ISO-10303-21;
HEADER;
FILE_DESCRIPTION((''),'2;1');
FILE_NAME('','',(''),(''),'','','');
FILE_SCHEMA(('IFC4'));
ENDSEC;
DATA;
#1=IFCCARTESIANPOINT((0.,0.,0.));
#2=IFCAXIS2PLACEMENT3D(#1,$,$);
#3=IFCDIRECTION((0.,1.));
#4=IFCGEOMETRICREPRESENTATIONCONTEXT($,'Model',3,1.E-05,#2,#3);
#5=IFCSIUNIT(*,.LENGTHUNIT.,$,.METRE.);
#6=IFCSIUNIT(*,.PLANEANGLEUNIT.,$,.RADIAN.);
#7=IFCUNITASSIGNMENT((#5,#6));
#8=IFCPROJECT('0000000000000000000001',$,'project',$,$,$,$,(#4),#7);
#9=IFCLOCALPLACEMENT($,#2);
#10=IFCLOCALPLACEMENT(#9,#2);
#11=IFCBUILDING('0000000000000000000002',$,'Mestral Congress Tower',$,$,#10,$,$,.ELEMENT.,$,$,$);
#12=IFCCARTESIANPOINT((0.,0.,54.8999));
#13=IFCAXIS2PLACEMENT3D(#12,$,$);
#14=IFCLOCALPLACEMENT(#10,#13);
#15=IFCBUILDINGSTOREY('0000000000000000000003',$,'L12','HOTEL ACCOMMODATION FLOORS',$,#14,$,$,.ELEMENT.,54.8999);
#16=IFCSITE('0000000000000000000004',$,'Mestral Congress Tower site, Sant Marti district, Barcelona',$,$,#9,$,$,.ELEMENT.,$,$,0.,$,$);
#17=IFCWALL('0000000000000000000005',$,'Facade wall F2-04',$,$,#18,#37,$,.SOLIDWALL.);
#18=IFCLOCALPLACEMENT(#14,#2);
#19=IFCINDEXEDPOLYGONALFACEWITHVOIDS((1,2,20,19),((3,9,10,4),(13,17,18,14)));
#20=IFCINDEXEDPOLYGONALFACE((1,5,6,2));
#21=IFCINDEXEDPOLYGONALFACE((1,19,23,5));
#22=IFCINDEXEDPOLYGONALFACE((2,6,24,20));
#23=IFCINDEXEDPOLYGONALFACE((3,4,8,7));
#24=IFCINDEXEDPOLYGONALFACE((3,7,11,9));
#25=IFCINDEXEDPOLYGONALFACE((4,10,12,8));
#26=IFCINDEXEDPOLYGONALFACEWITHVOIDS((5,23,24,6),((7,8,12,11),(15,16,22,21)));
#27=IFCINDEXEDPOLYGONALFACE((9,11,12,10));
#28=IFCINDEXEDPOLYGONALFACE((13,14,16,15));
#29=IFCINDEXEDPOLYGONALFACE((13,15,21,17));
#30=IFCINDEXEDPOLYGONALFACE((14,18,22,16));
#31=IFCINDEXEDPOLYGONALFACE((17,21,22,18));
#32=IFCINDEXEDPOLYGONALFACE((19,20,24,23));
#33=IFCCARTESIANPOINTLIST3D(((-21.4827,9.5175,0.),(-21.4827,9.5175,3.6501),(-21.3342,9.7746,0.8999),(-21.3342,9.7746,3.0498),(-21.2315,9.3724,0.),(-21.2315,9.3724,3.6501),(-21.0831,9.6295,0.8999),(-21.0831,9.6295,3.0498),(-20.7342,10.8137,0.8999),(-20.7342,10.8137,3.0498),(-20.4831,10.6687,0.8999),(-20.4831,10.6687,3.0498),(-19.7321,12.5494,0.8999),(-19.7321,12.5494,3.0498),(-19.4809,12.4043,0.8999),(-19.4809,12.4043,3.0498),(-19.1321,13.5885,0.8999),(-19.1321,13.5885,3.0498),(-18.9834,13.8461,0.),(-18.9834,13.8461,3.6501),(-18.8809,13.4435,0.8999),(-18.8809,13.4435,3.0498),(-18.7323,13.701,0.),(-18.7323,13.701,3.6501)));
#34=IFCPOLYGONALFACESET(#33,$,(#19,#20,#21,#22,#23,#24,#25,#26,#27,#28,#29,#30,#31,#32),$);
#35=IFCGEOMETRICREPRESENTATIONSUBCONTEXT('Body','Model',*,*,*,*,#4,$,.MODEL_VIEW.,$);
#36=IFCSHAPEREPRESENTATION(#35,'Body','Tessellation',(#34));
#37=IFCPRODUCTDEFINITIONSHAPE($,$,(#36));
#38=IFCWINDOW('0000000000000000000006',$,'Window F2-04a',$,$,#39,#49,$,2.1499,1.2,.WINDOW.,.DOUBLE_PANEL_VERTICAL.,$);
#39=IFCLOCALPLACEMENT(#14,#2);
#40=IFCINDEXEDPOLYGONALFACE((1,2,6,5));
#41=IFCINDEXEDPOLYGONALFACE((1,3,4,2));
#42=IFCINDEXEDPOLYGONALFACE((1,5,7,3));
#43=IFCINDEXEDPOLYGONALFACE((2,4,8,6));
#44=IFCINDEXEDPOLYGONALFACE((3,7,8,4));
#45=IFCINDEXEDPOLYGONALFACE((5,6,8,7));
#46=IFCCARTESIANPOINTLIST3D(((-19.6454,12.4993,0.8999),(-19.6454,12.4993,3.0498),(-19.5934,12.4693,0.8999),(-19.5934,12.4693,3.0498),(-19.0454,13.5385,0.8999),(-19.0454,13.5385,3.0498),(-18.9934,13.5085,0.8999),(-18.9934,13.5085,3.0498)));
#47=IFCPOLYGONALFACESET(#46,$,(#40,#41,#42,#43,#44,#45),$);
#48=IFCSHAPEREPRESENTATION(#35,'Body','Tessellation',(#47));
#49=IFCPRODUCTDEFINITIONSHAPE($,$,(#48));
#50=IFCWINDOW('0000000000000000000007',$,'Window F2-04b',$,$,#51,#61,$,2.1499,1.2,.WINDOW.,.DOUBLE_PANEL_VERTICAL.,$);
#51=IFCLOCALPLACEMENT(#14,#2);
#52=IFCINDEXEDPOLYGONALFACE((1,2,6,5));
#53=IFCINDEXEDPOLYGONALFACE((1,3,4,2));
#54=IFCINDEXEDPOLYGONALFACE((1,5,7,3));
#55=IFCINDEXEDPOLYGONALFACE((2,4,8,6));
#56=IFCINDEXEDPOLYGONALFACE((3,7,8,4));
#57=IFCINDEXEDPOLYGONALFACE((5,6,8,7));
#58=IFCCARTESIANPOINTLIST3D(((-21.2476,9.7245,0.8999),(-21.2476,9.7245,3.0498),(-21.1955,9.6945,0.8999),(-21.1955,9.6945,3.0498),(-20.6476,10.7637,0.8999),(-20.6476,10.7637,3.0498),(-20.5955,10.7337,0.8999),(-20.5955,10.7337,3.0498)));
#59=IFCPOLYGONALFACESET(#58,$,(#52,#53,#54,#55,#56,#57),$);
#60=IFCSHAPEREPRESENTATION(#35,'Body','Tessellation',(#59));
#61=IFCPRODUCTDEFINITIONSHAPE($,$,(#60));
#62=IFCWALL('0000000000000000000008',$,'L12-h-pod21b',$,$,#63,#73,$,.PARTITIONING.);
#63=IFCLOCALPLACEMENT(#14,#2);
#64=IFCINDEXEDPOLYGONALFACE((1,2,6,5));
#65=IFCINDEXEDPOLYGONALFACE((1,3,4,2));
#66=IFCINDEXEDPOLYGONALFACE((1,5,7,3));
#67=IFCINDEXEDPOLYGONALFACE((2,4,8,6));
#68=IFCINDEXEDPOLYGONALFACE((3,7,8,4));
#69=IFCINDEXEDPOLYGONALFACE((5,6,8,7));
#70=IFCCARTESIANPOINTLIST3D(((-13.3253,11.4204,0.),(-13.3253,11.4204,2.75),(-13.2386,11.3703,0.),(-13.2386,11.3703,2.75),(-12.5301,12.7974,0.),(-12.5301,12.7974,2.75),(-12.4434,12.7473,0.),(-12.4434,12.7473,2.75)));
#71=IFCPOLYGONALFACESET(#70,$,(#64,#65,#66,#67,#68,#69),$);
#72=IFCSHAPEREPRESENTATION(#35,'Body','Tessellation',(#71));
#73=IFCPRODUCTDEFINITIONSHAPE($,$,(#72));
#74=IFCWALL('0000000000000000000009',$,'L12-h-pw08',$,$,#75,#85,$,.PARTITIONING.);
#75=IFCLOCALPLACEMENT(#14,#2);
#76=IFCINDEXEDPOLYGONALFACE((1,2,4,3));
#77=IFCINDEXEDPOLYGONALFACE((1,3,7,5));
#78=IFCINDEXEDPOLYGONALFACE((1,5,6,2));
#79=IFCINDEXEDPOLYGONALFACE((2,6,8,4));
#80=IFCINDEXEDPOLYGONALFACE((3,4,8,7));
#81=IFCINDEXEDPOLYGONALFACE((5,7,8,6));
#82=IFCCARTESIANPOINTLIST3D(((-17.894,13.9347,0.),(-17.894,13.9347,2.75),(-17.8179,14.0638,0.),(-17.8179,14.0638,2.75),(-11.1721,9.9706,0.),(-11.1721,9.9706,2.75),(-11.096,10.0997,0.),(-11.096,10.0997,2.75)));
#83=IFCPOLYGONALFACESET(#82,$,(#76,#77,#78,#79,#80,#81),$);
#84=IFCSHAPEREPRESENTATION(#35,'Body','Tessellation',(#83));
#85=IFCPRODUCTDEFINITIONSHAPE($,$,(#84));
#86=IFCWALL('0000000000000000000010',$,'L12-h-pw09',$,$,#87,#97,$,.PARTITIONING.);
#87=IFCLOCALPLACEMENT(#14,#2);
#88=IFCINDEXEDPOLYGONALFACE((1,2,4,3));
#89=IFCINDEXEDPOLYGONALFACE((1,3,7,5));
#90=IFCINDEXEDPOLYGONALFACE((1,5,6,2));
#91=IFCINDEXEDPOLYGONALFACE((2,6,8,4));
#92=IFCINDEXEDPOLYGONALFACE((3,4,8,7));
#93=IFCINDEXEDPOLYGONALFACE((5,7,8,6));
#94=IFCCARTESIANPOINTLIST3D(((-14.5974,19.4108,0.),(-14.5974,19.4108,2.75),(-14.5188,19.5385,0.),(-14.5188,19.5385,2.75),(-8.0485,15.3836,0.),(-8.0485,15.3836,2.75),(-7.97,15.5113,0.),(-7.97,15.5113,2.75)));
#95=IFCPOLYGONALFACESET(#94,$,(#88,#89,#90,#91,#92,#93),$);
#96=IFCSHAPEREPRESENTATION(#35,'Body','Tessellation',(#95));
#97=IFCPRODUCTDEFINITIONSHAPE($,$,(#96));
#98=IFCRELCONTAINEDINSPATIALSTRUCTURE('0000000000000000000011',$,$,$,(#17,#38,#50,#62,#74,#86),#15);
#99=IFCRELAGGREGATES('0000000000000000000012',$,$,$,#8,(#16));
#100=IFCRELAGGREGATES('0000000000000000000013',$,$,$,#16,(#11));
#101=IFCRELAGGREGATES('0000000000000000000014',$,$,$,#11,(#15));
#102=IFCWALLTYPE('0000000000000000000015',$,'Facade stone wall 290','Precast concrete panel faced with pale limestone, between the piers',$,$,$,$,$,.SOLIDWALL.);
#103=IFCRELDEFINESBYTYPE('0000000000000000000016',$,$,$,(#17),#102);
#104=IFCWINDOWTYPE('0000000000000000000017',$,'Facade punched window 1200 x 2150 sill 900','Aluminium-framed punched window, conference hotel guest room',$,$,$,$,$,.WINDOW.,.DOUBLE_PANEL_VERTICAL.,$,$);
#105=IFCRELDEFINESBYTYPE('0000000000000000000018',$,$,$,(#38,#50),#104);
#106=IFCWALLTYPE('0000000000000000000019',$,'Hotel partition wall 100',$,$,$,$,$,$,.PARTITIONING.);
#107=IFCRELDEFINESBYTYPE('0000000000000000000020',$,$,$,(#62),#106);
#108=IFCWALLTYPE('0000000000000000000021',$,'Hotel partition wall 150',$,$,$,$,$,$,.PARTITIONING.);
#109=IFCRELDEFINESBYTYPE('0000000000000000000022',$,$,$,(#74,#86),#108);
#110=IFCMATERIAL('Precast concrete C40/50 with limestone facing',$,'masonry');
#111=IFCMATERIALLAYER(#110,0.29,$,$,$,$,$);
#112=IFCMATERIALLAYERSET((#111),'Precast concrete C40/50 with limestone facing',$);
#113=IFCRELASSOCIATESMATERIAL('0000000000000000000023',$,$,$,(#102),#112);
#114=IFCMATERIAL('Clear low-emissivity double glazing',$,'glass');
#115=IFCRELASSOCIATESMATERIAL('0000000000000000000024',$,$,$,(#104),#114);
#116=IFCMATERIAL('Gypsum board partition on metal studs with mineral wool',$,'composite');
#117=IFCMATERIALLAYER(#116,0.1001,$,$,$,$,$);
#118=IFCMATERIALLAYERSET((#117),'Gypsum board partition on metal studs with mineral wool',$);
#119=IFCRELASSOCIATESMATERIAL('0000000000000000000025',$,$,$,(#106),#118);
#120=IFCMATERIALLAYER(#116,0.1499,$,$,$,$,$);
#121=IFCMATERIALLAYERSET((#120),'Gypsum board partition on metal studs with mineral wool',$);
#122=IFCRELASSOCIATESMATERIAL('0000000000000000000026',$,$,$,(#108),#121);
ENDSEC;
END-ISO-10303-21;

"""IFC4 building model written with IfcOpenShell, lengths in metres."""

from ifc_helpers import new_model, si_unit, direction, frame, frame_2d, origin, place, context, subcontext, project, spatial, rectangle, extrude, material, layer, layer_set, type_object, element, fill, save


model = new_model("IFC4")

# Units and contexts
model_context = context("Model", 3, precision=1e-05, world=origin(), true_north=direction((0.0, 1.0)))
body_context = subcontext(model_context, "Body", "Model", "MODEL_VIEW")
ifc_project = project(units=[si_unit("LENGTHUNIT", "METRE"), si_unit("PLANEANGLEUNIT", "RADIAN")], contexts=[model_context])

# Site, building, storey
site_placement = place(None, origin())
site = spatial("IfcSite", under=ifc_project, at=site_placement, Name="Mestral Congress Tower site, Sant Marti district, Barcelona", CompositionType="ELEMENT", RefElevation=0.0)
building_placement = place(site_placement, origin())
building = spatial("IfcBuilding", under=site, at=building_placement, Name="Mestral Congress Tower", CompositionType="ELEMENT")
storey_placement = place(building_placement, frame((0.0, 0.0, 54.8999)))
storey = spatial("IfcBuildingStorey", under=building, at=storey_placement, Name="L12", Description="HOTEL ACCOMMODATION FLOORS", CompositionType="ELEMENT", Elevation=54.8999)

# Wall, openings, windows
ifc_material_1 = material(Name="Precast concrete C40/50 with limestone facing", Category="masonry")
ifc_layer_1 = layer(ifc_material_1, 0.29)
ifc_layer_set_1 = layer_set([ifc_layer_1], Name="Precast concrete C40/50 with limestone facing")
wall_type_1 = type_object("IfcWallType", Name="Facade stone wall 290", Description="Precast concrete panel faced with pale limestone, between the piers", PredefinedType="SOLIDWALL", material=ifc_layer_set_1)
ifc_material_2 = material(Name="Clear low-emissivity double glazing", Category="glass")
window_type = type_object("IfcWindowType", Name="Facade punched window 1200 x 2150 sill 900", Description="Aluminium-framed punched window, conference hotel guest room", PartitioningType="DOUBLE_PANEL_VERTICAL", PredefinedType="WINDOW", material=ifc_material_2)
wall_1_placement = place(storey_placement, frame((-18.8579, 13.7734, 0.0), z_axis=(0.0, 0.0, 1.0), x_axis=(-0.500021, -0.866013, 0.0)))
wall_1 = element("IfcWall", 1, at=wall_1_placement, inside=storey, type_object=wall_type_1, Name="Facade wall F2-04", PredefinedType="SOLIDWALL", context=body_context, shape_type="SweptSolid", body=[
    extrude(rectangle(XDim=4.9983, YDim=0.29, at=frame_2d((2.499, 0.0))), origin(), (0.0, 0.0, 1.0), 3.6501),
])
opening_1_placement = place(wall_1_placement, frame((0.2971, 0.0, 0.8999)))
opening_1 = element("IfcOpeningElement", 2, at=opening_1_placement, cuts=wall_1, PredefinedType="OPENING", context=body_context, shape_type="SweptSolid", body=[
    extrude(rectangle(XDim=1.2, YDim=2.1499, at=frame_2d((0.6001, 1.075))), frame((0.0, 0.155, 0.0), z_axis=(0.0, -1.0, 0.0), x_axis=(1.0, 0.0, 0.0)), (0.0, 0.0, 1.0), 0.3101),
])
opening_2_placement = place(wall_1_placement, frame((3.5012, 0.0, 0.8999)))
opening_2 = element("IfcOpeningElement", 3, at=opening_2_placement, cuts=wall_1, PredefinedType="OPENING", context=body_context, shape_type="SweptSolid", body=[
    extrude(rectangle(XDim=1.2, YDim=2.1499, at=frame_2d((0.6001, 1.075))), frame((0.0, 0.155, 0.0), z_axis=(0.0, -1.0, 0.0), x_axis=(1.0, 0.0, 0.0)), (0.0, 0.0, 1.0), 0.3101),
])
window_1_placement = place(opening_1_placement, origin())
window_1 = element("IfcWindow", 4, at=window_1_placement, inside=storey, type_object=window_type, Name="Window F2-04a", OverallHeight=2.1499, OverallWidth=1.2, PartitioningType="DOUBLE_PANEL_VERTICAL", PredefinedType="WINDOW", context=body_context, shape_type="SweptSolid", body=[
    extrude(rectangle(XDim=1.2, YDim=2.1499, at=frame_2d((0.6001, 1.075))), frame((0.0, 0.0151, 0.0), z_axis=(0.0, -1.0, 0.0), x_axis=(1.0, 0.0, 0.0)), (0.0, 0.0, 1.0), 0.0601),
])
fill(opening_1, window_1)
window_2_placement = place(opening_2_placement, origin())
window_2 = element("IfcWindow", 5, at=window_2_placement, inside=storey, type_object=window_type, Name="Window F2-04b", OverallHeight=2.1499, OverallWidth=1.2, PartitioningType="DOUBLE_PANEL_VERTICAL", PredefinedType="WINDOW", context=body_context, shape_type="SweptSolid", body=[
    extrude(rectangle(XDim=1.2, YDim=2.1499, at=frame_2d((0.6001, 1.075))), frame((0.0, 0.0151, 0.0), z_axis=(0.0, -1.0, 0.0), x_axis=(1.0, 0.0, 0.0)), (0.0, 0.0, 1.0), 0.0601),
])
fill(opening_2, window_2)

# Walls
ifc_material_3 = material(Name="Gypsum board partition on metal studs with mineral wool", Category="composite")
ifc_layer_2 = layer(ifc_material_3, 0.1001)
ifc_layer_set_2 = layer_set([ifc_layer_2], Name="Gypsum board partition on metal studs with mineral wool")
wall_type_2 = type_object("IfcWallType", Name="Hotel partition wall 100", PredefinedType="PARTITIONING", material=ifc_layer_set_2)
wall_2_placement = place(storey_placement, frame((-12.4868, 12.7722, 0.0), z_axis=(0.0, 0.0, 1.0), x_axis=(-0.500086, -0.865976, 0.0)))
element("IfcWall", 6, at=wall_2_placement, inside=storey, type_object=wall_type_2, Name="L12-h-pod21b", PredefinedType="PARTITIONING", context=body_context, shape_type="SweptSolid", body=[
    extrude(rectangle(XDim=1.5901, YDim=0.1001, at=frame_2d((0.7949, 0.0))), origin(), (0.0, 0.0, 1.0), 2.75),
])
ifc_layer_3 = layer(ifc_material_3, 0.1499)
ifc_layer_set_3 = layer_set([ifc_layer_3], Name="Gypsum board partition on metal studs with mineral wool")
wall_type_3 = type_object("IfcWallType", Name="Hotel partition wall 150", PredefinedType="PARTITIONING", material=ifc_layer_set_3)
wall_3_placement = place(storey_placement, frame((-17.856, 13.9993, 0.0), z_axis=(0.0, 0.0, 1.0), x_axis=(0.861372, -0.507975, 0.0)))
element("IfcWall", 7, at=wall_3_placement, inside=storey, type_object=wall_type_3, Name="L12-h-pw08", PredefinedType="PARTITIONING", context=body_context, shape_type="SweptSolid", body=[
    extrude(rectangle(XDim=7.8037, YDim=0.1499, at=frame_2d((3.9019, 0.0))), origin(), (0.0, 0.0, 1.0), 2.75),
])
wall_4_placement = place(storey_placement, frame((-14.5581, 19.4746, 0.0), z_axis=(0.0, 0.0, 1.0), x_axis=(0.851829, -0.523819, 0.0)))
element("IfcWall", 8, at=wall_4_placement, inside=storey, type_object=wall_type_3, Name="L12-h-pw09", PredefinedType="PARTITIONING", context=body_context, shape_type="SweptSolid", body=[
    extrude(rectangle(XDim=7.688, YDim=0.1499, at=frame_2d((3.844, 0.0))), origin(), (0.0, 0.0, 1.0), 2.75),
])

save(model, "model.ifc")
